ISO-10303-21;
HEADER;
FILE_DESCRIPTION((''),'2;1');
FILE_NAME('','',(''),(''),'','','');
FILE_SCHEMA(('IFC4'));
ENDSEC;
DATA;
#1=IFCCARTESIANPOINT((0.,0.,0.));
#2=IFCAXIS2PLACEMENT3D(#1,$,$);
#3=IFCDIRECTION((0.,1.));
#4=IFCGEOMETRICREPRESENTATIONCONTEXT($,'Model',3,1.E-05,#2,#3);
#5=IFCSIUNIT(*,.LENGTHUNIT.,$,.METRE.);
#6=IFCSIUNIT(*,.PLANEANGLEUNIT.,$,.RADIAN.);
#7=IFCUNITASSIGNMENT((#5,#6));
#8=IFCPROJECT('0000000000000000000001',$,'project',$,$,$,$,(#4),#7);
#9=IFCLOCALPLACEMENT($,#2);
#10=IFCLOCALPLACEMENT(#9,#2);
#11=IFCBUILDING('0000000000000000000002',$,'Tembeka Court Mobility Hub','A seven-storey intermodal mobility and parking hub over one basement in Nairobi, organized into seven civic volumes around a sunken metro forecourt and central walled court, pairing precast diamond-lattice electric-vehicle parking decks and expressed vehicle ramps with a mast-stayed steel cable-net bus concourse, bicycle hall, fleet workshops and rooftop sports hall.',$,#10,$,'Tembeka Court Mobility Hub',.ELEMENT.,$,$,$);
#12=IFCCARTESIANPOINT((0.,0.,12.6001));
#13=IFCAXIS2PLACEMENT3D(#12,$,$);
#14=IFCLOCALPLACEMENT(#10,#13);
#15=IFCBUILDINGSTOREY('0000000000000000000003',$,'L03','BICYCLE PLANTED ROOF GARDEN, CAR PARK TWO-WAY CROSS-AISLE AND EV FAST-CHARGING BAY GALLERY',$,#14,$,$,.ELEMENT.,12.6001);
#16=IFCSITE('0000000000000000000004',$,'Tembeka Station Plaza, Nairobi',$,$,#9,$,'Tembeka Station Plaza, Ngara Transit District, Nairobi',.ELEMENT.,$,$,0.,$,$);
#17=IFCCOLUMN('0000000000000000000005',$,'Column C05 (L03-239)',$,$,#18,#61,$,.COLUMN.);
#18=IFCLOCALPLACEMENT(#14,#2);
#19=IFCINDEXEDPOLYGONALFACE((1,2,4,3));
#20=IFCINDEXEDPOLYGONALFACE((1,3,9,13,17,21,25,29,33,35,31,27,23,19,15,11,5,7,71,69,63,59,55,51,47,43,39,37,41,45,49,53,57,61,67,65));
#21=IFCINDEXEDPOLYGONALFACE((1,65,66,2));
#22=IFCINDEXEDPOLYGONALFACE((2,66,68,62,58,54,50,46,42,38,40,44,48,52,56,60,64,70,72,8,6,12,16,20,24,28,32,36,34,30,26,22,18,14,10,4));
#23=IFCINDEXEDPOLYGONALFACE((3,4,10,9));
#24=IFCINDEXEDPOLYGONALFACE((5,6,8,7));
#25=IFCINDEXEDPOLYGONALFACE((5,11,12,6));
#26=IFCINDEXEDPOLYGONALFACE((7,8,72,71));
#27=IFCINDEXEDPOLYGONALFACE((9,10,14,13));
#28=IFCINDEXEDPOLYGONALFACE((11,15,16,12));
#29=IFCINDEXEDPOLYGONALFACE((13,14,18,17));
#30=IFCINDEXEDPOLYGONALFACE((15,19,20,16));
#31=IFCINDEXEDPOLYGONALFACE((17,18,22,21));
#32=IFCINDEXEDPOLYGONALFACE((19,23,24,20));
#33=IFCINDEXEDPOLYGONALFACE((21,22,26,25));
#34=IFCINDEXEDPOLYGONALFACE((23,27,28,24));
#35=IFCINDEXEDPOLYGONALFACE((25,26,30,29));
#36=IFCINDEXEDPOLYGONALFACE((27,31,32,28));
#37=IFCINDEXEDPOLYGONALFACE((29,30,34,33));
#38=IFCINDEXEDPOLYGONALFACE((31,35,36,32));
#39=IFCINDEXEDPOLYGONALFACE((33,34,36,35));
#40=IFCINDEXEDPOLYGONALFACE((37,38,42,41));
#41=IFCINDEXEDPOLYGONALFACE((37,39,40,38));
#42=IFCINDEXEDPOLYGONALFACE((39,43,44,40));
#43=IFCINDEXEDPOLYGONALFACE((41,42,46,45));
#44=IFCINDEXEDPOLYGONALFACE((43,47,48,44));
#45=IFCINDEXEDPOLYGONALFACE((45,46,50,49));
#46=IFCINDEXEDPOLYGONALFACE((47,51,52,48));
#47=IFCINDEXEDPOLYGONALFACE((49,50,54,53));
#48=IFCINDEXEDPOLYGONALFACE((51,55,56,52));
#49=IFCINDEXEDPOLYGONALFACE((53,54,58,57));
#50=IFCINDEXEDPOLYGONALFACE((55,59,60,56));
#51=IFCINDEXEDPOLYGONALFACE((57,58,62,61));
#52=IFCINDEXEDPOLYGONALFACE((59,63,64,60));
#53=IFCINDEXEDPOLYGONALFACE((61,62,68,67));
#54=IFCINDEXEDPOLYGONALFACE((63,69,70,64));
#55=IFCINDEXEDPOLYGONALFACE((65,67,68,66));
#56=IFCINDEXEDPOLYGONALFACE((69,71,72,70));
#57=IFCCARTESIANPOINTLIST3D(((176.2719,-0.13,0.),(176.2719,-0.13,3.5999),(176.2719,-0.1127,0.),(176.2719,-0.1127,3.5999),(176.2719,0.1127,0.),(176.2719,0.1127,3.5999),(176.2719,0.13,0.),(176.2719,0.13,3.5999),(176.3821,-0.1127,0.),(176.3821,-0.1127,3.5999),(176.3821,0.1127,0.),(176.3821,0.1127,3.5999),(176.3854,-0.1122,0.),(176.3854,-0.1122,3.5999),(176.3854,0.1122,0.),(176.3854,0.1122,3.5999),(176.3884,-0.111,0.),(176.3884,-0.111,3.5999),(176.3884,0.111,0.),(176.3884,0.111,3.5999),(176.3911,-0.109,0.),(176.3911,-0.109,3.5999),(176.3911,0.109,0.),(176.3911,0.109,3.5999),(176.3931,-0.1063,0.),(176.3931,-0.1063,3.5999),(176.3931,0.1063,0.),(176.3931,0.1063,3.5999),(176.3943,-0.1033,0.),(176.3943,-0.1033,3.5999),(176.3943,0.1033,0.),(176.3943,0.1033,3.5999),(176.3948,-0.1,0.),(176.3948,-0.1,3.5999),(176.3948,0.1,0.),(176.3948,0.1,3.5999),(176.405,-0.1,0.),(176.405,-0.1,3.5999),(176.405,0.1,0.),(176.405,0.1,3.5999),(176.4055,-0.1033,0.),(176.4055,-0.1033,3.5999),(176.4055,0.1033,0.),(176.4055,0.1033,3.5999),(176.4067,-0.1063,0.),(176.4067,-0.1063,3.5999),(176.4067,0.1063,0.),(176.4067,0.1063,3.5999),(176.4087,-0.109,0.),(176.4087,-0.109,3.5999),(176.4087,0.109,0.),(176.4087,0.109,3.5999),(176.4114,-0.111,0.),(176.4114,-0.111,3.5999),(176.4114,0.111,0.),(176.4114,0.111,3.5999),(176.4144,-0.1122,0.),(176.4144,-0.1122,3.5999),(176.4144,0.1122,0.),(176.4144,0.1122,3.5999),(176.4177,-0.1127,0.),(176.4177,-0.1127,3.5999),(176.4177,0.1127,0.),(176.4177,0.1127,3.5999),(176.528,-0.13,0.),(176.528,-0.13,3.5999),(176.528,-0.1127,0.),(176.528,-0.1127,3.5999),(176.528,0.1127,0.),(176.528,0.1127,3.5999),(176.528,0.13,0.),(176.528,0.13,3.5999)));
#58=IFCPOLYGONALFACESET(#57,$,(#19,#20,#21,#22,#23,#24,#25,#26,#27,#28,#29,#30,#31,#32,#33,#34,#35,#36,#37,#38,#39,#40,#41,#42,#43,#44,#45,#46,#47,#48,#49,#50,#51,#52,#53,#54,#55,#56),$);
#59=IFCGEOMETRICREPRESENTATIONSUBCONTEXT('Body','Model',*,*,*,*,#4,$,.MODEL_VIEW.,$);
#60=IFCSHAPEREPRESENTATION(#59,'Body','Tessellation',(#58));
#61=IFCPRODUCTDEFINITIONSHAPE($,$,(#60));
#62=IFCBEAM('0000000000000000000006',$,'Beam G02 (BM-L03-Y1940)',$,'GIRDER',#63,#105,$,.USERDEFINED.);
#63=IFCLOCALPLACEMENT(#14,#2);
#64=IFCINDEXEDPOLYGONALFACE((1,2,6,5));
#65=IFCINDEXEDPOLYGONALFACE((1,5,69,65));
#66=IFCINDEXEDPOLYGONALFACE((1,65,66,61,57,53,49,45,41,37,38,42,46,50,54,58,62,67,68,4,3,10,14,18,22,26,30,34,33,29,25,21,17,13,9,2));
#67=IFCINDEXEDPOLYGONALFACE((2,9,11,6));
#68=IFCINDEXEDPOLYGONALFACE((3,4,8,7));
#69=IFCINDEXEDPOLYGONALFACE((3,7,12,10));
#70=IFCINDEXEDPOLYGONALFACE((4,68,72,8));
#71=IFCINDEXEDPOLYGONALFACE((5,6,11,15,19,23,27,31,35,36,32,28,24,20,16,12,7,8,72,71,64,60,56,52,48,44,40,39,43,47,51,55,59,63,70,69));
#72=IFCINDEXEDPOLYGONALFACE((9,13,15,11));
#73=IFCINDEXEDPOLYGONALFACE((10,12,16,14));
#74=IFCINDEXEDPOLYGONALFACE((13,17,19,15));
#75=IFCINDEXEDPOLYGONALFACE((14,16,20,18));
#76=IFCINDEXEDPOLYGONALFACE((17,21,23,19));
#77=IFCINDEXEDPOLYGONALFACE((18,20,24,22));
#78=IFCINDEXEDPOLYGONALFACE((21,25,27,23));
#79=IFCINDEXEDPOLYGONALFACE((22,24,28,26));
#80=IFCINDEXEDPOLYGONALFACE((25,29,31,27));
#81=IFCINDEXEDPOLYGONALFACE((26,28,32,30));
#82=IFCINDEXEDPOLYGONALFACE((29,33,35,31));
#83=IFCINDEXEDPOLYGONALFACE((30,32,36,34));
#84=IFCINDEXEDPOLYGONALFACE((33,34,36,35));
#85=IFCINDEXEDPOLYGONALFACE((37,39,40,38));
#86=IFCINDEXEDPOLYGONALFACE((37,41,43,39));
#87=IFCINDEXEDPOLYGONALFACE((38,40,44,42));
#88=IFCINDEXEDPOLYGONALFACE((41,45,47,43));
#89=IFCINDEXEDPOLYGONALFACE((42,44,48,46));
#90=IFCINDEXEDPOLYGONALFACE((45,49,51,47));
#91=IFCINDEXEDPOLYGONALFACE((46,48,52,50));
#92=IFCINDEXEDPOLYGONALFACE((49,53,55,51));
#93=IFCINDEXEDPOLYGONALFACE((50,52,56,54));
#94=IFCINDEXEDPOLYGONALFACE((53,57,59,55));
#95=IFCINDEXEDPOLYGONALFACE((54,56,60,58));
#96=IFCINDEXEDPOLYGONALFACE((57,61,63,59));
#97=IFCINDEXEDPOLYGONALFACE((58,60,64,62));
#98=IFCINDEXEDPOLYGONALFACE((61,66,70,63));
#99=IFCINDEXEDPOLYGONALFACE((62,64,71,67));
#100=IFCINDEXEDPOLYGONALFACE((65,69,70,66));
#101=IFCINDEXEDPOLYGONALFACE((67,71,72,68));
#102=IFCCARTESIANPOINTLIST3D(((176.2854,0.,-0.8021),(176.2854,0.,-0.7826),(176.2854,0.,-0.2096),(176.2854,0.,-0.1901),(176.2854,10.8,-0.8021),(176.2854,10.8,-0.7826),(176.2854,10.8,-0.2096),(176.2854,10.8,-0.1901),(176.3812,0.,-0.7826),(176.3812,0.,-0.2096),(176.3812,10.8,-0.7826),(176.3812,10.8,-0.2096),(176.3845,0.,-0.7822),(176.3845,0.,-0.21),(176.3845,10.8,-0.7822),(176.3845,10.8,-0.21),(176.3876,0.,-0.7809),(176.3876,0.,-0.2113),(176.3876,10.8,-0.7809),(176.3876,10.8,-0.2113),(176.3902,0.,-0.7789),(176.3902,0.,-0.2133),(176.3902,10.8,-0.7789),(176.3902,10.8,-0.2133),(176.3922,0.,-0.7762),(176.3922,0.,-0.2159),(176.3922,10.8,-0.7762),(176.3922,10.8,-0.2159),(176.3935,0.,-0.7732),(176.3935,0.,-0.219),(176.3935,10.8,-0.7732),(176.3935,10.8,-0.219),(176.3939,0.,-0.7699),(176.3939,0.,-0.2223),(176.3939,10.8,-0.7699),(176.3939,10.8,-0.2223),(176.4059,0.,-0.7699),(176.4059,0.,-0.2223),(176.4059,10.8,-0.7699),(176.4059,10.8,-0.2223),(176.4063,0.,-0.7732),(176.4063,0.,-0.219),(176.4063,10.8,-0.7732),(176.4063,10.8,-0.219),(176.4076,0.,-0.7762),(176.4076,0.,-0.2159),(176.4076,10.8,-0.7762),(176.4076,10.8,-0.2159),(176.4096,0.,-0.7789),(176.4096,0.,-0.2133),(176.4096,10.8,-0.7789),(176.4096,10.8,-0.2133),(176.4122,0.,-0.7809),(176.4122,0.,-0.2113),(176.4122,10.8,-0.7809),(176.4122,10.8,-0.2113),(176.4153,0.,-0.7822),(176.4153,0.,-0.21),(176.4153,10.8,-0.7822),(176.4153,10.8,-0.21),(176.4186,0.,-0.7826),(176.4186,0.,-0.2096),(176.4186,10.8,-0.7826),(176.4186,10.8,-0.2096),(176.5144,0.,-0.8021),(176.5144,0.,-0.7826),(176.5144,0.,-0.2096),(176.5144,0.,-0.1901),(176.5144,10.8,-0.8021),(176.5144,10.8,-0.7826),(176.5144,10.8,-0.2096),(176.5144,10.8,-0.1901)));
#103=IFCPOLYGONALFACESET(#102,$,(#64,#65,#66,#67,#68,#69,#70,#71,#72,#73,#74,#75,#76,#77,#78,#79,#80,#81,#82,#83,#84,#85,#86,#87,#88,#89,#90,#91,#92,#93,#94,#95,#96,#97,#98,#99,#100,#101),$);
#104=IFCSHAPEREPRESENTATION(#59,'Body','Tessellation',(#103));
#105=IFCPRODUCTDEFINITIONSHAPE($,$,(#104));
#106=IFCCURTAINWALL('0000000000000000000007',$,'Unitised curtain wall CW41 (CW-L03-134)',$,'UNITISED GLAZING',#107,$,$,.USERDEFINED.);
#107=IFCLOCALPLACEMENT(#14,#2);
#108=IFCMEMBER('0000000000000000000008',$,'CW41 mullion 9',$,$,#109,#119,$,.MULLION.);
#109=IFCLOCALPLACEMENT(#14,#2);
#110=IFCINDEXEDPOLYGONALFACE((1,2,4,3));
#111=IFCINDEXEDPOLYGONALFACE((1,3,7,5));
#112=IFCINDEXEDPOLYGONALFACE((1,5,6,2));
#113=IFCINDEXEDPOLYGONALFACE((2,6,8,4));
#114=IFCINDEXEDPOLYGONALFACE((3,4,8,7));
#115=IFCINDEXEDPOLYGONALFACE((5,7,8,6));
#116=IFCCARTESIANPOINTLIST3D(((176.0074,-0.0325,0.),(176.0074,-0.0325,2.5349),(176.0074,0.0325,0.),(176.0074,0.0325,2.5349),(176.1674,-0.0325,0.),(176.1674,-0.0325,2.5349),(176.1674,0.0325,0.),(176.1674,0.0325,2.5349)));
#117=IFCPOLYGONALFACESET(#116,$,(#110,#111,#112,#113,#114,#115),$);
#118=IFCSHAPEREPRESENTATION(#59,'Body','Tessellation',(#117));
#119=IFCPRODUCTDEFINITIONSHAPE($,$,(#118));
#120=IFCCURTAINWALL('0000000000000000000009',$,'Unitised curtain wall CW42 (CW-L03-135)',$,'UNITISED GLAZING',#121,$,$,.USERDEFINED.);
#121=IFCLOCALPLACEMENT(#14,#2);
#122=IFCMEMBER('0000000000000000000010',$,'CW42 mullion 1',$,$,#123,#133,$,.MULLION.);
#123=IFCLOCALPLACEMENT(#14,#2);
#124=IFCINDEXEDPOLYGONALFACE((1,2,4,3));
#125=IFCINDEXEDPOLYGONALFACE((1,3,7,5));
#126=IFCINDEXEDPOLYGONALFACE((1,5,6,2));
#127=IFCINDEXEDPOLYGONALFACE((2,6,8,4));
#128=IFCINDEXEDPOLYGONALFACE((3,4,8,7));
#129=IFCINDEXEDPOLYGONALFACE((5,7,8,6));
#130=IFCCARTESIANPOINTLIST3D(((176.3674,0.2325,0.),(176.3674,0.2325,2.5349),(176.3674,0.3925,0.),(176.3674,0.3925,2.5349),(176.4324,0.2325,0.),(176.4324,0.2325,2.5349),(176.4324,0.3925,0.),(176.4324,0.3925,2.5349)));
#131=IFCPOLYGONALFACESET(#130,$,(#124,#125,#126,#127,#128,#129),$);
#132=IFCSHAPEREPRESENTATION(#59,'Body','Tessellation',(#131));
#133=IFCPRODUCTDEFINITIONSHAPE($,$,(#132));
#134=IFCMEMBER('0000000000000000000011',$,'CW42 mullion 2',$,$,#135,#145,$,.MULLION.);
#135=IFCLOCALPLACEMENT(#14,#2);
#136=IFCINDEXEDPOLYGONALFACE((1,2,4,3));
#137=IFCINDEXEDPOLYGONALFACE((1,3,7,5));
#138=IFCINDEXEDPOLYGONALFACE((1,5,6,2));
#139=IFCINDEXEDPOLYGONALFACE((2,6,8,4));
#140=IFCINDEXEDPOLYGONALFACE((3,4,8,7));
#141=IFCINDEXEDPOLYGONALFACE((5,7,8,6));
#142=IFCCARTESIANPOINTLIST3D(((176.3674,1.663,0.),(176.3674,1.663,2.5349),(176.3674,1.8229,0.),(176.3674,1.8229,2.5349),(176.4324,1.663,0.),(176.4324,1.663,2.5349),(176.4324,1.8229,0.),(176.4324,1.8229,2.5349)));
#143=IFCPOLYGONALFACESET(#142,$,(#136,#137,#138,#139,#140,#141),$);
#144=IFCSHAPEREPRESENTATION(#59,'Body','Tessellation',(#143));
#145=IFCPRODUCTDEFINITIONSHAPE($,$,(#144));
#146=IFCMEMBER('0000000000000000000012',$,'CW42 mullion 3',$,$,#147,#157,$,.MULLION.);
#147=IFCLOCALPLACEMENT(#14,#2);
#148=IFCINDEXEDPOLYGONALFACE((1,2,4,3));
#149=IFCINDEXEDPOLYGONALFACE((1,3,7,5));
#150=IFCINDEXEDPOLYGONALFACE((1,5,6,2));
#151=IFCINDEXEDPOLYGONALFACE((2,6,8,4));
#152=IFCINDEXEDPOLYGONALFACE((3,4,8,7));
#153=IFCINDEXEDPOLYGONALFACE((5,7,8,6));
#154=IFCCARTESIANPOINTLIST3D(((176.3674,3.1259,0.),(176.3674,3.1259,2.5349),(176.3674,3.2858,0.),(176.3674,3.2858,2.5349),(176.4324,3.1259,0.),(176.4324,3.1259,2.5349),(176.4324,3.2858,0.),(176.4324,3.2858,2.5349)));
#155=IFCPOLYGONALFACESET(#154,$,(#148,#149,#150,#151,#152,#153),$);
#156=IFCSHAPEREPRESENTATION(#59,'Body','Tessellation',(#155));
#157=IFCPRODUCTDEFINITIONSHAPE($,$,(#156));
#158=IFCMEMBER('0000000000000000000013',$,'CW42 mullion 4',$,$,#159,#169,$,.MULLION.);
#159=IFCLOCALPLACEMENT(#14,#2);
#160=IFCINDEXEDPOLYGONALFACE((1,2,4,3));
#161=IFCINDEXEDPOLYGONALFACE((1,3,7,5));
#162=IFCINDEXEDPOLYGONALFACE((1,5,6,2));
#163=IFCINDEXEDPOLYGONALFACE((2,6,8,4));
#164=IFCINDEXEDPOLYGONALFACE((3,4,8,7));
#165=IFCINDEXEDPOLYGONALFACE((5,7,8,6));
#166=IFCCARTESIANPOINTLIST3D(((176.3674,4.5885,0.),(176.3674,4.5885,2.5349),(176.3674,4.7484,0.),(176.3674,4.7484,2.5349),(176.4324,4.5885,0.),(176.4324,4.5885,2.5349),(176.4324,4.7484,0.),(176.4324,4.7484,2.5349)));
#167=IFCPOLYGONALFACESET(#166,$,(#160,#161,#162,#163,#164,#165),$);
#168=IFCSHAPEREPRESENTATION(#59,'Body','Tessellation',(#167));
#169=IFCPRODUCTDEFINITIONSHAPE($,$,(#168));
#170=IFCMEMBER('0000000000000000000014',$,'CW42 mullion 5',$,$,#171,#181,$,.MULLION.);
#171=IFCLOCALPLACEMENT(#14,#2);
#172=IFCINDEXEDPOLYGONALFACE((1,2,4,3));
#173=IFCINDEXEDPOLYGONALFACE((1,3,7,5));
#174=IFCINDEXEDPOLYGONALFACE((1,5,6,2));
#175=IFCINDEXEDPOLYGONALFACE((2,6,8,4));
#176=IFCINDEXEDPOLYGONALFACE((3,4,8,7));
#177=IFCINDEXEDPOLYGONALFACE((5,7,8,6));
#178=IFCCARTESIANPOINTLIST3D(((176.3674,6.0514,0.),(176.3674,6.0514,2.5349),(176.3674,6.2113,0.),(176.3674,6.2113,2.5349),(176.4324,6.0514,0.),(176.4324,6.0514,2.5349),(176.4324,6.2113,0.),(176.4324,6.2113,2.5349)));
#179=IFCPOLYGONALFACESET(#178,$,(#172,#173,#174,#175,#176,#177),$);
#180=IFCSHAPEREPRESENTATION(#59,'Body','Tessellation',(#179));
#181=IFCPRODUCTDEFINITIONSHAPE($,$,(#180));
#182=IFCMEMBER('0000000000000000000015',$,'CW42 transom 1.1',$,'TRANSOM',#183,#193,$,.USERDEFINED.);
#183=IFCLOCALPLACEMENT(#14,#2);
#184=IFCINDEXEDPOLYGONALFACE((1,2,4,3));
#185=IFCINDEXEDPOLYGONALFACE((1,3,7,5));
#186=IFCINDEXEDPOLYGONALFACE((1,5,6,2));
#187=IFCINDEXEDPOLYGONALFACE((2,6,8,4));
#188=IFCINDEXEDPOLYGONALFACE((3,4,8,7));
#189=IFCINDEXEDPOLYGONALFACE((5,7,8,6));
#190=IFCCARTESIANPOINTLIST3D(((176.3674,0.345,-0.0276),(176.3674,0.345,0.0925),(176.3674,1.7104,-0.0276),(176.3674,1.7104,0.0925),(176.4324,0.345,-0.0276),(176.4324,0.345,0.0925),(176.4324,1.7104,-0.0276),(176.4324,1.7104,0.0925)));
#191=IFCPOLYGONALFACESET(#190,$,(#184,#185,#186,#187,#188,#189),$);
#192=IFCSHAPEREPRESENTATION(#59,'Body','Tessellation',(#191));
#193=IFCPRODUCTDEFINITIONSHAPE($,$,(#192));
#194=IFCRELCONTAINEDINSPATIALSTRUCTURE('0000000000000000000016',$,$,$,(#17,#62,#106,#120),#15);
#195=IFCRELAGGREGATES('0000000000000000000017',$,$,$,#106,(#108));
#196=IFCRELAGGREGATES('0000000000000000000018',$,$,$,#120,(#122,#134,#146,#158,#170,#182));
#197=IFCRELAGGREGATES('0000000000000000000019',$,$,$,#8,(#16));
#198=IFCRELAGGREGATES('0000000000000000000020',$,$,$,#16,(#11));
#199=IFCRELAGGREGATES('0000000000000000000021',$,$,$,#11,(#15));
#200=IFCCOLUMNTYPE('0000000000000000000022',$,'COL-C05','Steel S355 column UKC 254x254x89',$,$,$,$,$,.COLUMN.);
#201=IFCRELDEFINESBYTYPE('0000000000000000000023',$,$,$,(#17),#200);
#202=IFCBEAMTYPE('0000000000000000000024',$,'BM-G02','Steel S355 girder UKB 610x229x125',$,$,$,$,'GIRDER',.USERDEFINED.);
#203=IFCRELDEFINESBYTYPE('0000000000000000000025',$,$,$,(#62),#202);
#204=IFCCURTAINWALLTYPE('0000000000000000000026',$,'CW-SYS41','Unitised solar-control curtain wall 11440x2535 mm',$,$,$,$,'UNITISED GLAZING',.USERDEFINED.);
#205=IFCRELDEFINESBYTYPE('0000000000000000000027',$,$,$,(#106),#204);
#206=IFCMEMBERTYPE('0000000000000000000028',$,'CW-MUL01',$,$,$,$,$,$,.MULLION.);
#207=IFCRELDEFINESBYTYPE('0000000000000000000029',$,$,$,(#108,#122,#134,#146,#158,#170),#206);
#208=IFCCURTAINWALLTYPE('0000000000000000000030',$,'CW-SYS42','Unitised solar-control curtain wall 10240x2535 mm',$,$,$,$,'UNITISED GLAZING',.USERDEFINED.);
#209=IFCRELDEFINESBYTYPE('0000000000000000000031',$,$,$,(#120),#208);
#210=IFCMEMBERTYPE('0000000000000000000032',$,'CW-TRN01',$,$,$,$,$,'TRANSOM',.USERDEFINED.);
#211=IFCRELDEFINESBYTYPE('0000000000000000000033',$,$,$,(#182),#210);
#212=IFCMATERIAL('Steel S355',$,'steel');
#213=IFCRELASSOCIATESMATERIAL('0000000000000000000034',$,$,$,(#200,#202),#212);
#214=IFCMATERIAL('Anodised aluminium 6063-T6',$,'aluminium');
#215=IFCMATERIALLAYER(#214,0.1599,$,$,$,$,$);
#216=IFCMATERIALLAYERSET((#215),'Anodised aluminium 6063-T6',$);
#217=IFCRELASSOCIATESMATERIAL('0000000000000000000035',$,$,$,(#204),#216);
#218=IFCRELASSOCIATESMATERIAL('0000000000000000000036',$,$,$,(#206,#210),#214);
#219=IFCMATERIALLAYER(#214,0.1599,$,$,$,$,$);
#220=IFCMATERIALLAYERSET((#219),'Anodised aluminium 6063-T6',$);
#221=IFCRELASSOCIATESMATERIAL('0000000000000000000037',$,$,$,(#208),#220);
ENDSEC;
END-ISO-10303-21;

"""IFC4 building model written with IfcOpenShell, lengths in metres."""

from ifc_helpers import new_model, si_unit, direction, frame, origin, origin_2d, place, context, subcontext, project, spatial, rectangle, i_section, extrude, material, layer, layer_set, material_profile, profile_set, type_object, element, aggregate, save


model = new_model("IFC4")

# Units and contexts
model_context = context("Model", 3, precision=1e-05, world=origin(), true_north=direction((0.0, 1.0)))
body_context = subcontext(model_context, "Body", "Model", "MODEL_VIEW")
ifc_project = project(units=[si_unit("LENGTHUNIT", "METRE"), si_unit("PLANEANGLEUNIT", "RADIAN")], contexts=[model_context])

# Site, building, storey
site_placement = place(None, origin())
site = spatial("IfcSite", under=ifc_project, at=site_placement, Name="Tembeka Station Plaza, Nairobi", LongName="Tembeka Station Plaza, Ngara Transit District, Nairobi", CompositionType="ELEMENT", RefElevation=0.0)
building_placement = place(site_placement, origin())
building = spatial("IfcBuilding", under=site, at=building_placement, Name="Tembeka Court Mobility Hub", Description="A seven-storey intermodal mobility and parking hub over one basement in Nairobi, organized into seven civic volumes around a sunken metro forecourt and central walled court, pairing precast diamond-lattice electric-vehicle parking decks and expressed vehicle ramps with a mast-stayed steel cable-net bus concourse, bicycle hall, fleet workshops and rooftop sports hall.", LongName="Tembeka Court Mobility Hub", CompositionType="ELEMENT")
storey_placement = place(building_placement, frame((0.0, 0.0, 12.6001)))
storey = spatial("IfcBuildingStorey", under=building, at=storey_placement, Name="L03", Description="BICYCLE PLANTED ROOF GARDEN, CAR PARK TWO-WAY CROSS-AISLE AND EV FAST-CHARGING BAY GALLERY", CompositionType="ELEMENT", Elevation=12.6001)

# Column
ifc_material_1 = material(Name="Steel S355", Category="steel")
ifc_material_profile_1 = material_profile(ifc_material_1, i_section(OverallWidth=0.2561, OverallDepth=0.26, WebThickness=0.0103, FlangeThickness=0.0173, FilletRadius=0.0127, at=origin_2d()), Name="UKC 254x254x89")
ifc_profile_set_1 = profile_set([ifc_material_profile_1], Name="Steel S355")
column_type = type_object("IfcColumnType", Name="COL-C05", Description="Steel S355 column UKC 254x254x89", PredefinedType="COLUMN", material=ifc_profile_set_1)
column_placement = place(storey_placement, frame((176.3999, 0.0, 0.0), z_axis=(0.0, 0.0, 1.0), x_axis=(1.0, 0.0, 0.0)))
element("IfcColumn", 1, at=column_placement, inside=storey, type_object=column_type, Name="Column C05 (L03-239)", PredefinedType="COLUMN", context=body_context, shape_type="SweptSolid", body=[
    extrude(i_section(OverallWidth=0.2561, OverallDepth=0.26, WebThickness=0.0103, FlangeThickness=0.0173, FilletRadius=0.0127, at=origin_2d()), origin(), (0.0, 0.0, 1.0), 3.5999),
])

# Beam
ifc_material_profile_2 = material_profile(ifc_material_1, i_section(OverallWidth=0.229, OverallDepth=0.6121, WebThickness=0.012, FlangeThickness=0.0195, FilletRadius=0.0127, at=origin_2d()), Name="UKB 610x229x125")
ifc_profile_set_2 = profile_set([ifc_material_profile_2], Name="Steel S355")
beam_type = type_object("IfcBeamType", Name="BM-G02", Description="Steel S355 girder UKB 610x229x125", ElementType="GIRDER", PredefinedType="USERDEFINED", material=ifc_profile_set_2)
beam_placement = place(storey_placement, frame((176.3999, 0.0, -0.4961), z_axis=(0.0, 1.0, 0.0), x_axis=(-1.0, 0.0, 0.0)))
element("IfcBeam", 2, at=beam_placement, inside=storey, type_object=beam_type, Name="Beam G02 (BM-L03-Y1940)", ObjectType="GIRDER", PredefinedType="USERDEFINED", context=body_context, shape_type="SweptSolid", body=[
    extrude(i_section(OverallWidth=0.229, OverallDepth=0.6121, WebThickness=0.012, FlangeThickness=0.0195, FilletRadius=0.0127, at=origin_2d()), origin(), (0.0, 0.0, 1.0), 10.8),
])

# Curtain wall, member
ifc_material_2 = material(Name="Anodised aluminium 6063-T6", Category="aluminium")
ifc_layer_1 = layer(ifc_material_2, 0.1599)
ifc_layer_set_1 = layer_set([ifc_layer_1], Name="Anodised aluminium 6063-T6")
curtain_wall_type_1 = type_object("IfcCurtainWallType", Name="CW-SYS41", Description="Unitised solar-control curtain wall 11440x2535 mm", ElementType="UNITISED GLAZING", PredefinedType="USERDEFINED", material=ifc_layer_set_1)
curtain_wall_1_placement = place(storey_placement, origin())
curtain_wall_1 = element("IfcCurtainWall", 3, at=curtain_wall_1_placement, inside=storey, type_object=curtain_wall_type_1, Name="Unitised curtain wall CW41 (CW-L03-134)", ObjectType="UNITISED GLAZING", PredefinedType="USERDEFINED")
ifc_material_profile_3 = material_profile(ifc_material_2, rectangle(XDim=0.0649, YDim=0.1599, at=origin_2d()), Name="ALU-MUL 65x160")
ifc_profile_set_3 = profile_set([ifc_material_profile_3], Name="Anodised aluminium 6063-T6")
member_type_1 = type_object("IfcMemberType", Name="CW-MUL01", PredefinedType="MULLION", material=ifc_profile_set_3)
member_1_placement = place(storey_placement, frame((176.0874, 0.0, 0.0), z_axis=(0.0, 0.0, 1.0), x_axis=(0.0, 1.0, 0.0)))
member_1 = element("IfcMember", 4, at=member_1_placement, type_object=member_type_1, Name="CW41 mullion 9", PredefinedType="MULLION", context=body_context, shape_type="SweptSolid", body=[
    extrude(rectangle(XDim=0.0649, YDim=0.1599, at=origin_2d()), origin(), (0.0, 0.0, 1.0), 2.5349),
])

# Curtain wall, members
ifc_layer_2 = layer(ifc_material_2, 0.1599)
ifc_layer_set_2 = layer_set([ifc_layer_2], Name="Anodised aluminium 6063-T6")
curtain_wall_type_2 = type_object("IfcCurtainWallType", Name="CW-SYS42", Description="Unitised solar-control curtain wall 10240x2535 mm", ElementType="UNITISED GLAZING", PredefinedType="USERDEFINED", material=ifc_layer_set_2)
curtain_wall_2_placement = place(storey_placement, origin())
curtain_wall_2 = element("IfcCurtainWall", 5, at=curtain_wall_2_placement, inside=storey, type_object=curtain_wall_type_2, Name="Unitised curtain wall CW42 (CW-L03-135)", ObjectType="UNITISED GLAZING", PredefinedType="USERDEFINED")
member_2_placement = place(storey_placement, frame((176.3999, 0.3125, 0.0), z_axis=(0.0, 0.0, 1.0), x_axis=(-1.0, 0.0, 0.0)))
member_2 = element("IfcMember", 6, at=member_2_placement, type_object=member_type_1, Name="CW42 mullion 1", PredefinedType="MULLION", context=body_context, shape_type="SweptSolid", body=[
    extrude(rectangle(XDim=0.0649, YDim=0.1599, at=origin_2d()), origin(), (0.0, 0.0, 1.0), 2.5349),
])
member_3_placement = place(storey_placement, frame((176.3999, 1.7429, 0.0), z_axis=(0.0, 0.0, 1.0), x_axis=(-1.0, 0.0, 0.0)))
member_3 = element("IfcMember", 7, at=member_3_placement, type_object=member_type_1, Name="CW42 mullion 2", PredefinedType="MULLION", context=body_context, shape_type="SweptSolid", body=[
    extrude(rectangle(XDim=0.0649, YDim=0.1599, at=origin_2d()), origin(), (0.0, 0.0, 1.0), 2.5349),
])
member_4_placement = place(storey_placement, frame((176.3999, 3.2058, 0.0), z_axis=(0.0, 0.0, 1.0), x_axis=(-1.0, 0.0, 0.0)))
member_4 = element("IfcMember", 8, at=member_4_placement, type_object=member_type_1, Name="CW42 mullion 3", PredefinedType="MULLION", context=body_context, shape_type="SweptSolid", body=[
    extrude(rectangle(XDim=0.0649, YDim=0.1599, at=origin_2d()), origin(), (0.0, 0.0, 1.0), 2.5349),
])
member_5_placement = place(storey_placement, frame((176.3999, 4.6685, 0.0), z_axis=(0.0, 0.0, 1.0), x_axis=(-1.0, 0.0, 0.0)))
member_5 = element("IfcMember", 9, at=member_5_placement, type_object=member_type_1, Name="CW42 mullion 4", PredefinedType="MULLION", context=body_context, shape_type="SweptSolid", body=[
    extrude(rectangle(XDim=0.0649, YDim=0.1599, at=origin_2d()), origin(), (0.0, 0.0, 1.0), 2.5349),
])
member_6_placement = place(storey_placement, frame((176.3999, 6.1313, 0.0), z_axis=(0.0, 0.0, 1.0), x_axis=(-1.0, 0.0, 0.0)))
member_6 = element("IfcMember", 10, at=member_6_placement, type_object=member_type_1, Name="CW42 mullion 5", PredefinedType="MULLION", context=body_context, shape_type="SweptSolid", body=[
    extrude(rectangle(XDim=0.0649, YDim=0.1599, at=origin_2d()), origin(), (0.0, 0.0, 1.0), 2.5349),
])
ifc_material_profile_4 = material_profile(ifc_material_2, rectangle(XDim=0.0649, YDim=0.1201, at=origin_2d()), Name="ALU-TRN 65x120")
ifc_profile_set_4 = profile_set([ifc_material_profile_4], Name="Anodised aluminium 6063-T6")
member_type_2 = type_object("IfcMemberType", Name="CW-TRN01", ElementType="TRANSOM", PredefinedType="USERDEFINED", material=ifc_profile_set_4)
member_7_placement = place(storey_placement, frame((176.3999, 0.345, 0.0325), z_axis=(0.0, 1.0, 0.0), x_axis=(-1.0, 0.0, 0.0)))
member_7 = element("IfcMember", 11, at=member_7_placement, type_object=member_type_2, Name="CW42 transom 1.1", ObjectType="TRANSOM", PredefinedType="USERDEFINED", context=body_context, shape_type="SweptSolid", body=[
    extrude(rectangle(XDim=0.0649, YDim=0.1201, at=origin_2d()), origin(), (0.0, 0.0, 1.0), 1.3655),
])

aggregate(curtain_wall_1, [member_1])
aggregate(curtain_wall_2, [member_2, member_3, member_4, member_5, member_6, member_7])

save(model, "model.ifc")
